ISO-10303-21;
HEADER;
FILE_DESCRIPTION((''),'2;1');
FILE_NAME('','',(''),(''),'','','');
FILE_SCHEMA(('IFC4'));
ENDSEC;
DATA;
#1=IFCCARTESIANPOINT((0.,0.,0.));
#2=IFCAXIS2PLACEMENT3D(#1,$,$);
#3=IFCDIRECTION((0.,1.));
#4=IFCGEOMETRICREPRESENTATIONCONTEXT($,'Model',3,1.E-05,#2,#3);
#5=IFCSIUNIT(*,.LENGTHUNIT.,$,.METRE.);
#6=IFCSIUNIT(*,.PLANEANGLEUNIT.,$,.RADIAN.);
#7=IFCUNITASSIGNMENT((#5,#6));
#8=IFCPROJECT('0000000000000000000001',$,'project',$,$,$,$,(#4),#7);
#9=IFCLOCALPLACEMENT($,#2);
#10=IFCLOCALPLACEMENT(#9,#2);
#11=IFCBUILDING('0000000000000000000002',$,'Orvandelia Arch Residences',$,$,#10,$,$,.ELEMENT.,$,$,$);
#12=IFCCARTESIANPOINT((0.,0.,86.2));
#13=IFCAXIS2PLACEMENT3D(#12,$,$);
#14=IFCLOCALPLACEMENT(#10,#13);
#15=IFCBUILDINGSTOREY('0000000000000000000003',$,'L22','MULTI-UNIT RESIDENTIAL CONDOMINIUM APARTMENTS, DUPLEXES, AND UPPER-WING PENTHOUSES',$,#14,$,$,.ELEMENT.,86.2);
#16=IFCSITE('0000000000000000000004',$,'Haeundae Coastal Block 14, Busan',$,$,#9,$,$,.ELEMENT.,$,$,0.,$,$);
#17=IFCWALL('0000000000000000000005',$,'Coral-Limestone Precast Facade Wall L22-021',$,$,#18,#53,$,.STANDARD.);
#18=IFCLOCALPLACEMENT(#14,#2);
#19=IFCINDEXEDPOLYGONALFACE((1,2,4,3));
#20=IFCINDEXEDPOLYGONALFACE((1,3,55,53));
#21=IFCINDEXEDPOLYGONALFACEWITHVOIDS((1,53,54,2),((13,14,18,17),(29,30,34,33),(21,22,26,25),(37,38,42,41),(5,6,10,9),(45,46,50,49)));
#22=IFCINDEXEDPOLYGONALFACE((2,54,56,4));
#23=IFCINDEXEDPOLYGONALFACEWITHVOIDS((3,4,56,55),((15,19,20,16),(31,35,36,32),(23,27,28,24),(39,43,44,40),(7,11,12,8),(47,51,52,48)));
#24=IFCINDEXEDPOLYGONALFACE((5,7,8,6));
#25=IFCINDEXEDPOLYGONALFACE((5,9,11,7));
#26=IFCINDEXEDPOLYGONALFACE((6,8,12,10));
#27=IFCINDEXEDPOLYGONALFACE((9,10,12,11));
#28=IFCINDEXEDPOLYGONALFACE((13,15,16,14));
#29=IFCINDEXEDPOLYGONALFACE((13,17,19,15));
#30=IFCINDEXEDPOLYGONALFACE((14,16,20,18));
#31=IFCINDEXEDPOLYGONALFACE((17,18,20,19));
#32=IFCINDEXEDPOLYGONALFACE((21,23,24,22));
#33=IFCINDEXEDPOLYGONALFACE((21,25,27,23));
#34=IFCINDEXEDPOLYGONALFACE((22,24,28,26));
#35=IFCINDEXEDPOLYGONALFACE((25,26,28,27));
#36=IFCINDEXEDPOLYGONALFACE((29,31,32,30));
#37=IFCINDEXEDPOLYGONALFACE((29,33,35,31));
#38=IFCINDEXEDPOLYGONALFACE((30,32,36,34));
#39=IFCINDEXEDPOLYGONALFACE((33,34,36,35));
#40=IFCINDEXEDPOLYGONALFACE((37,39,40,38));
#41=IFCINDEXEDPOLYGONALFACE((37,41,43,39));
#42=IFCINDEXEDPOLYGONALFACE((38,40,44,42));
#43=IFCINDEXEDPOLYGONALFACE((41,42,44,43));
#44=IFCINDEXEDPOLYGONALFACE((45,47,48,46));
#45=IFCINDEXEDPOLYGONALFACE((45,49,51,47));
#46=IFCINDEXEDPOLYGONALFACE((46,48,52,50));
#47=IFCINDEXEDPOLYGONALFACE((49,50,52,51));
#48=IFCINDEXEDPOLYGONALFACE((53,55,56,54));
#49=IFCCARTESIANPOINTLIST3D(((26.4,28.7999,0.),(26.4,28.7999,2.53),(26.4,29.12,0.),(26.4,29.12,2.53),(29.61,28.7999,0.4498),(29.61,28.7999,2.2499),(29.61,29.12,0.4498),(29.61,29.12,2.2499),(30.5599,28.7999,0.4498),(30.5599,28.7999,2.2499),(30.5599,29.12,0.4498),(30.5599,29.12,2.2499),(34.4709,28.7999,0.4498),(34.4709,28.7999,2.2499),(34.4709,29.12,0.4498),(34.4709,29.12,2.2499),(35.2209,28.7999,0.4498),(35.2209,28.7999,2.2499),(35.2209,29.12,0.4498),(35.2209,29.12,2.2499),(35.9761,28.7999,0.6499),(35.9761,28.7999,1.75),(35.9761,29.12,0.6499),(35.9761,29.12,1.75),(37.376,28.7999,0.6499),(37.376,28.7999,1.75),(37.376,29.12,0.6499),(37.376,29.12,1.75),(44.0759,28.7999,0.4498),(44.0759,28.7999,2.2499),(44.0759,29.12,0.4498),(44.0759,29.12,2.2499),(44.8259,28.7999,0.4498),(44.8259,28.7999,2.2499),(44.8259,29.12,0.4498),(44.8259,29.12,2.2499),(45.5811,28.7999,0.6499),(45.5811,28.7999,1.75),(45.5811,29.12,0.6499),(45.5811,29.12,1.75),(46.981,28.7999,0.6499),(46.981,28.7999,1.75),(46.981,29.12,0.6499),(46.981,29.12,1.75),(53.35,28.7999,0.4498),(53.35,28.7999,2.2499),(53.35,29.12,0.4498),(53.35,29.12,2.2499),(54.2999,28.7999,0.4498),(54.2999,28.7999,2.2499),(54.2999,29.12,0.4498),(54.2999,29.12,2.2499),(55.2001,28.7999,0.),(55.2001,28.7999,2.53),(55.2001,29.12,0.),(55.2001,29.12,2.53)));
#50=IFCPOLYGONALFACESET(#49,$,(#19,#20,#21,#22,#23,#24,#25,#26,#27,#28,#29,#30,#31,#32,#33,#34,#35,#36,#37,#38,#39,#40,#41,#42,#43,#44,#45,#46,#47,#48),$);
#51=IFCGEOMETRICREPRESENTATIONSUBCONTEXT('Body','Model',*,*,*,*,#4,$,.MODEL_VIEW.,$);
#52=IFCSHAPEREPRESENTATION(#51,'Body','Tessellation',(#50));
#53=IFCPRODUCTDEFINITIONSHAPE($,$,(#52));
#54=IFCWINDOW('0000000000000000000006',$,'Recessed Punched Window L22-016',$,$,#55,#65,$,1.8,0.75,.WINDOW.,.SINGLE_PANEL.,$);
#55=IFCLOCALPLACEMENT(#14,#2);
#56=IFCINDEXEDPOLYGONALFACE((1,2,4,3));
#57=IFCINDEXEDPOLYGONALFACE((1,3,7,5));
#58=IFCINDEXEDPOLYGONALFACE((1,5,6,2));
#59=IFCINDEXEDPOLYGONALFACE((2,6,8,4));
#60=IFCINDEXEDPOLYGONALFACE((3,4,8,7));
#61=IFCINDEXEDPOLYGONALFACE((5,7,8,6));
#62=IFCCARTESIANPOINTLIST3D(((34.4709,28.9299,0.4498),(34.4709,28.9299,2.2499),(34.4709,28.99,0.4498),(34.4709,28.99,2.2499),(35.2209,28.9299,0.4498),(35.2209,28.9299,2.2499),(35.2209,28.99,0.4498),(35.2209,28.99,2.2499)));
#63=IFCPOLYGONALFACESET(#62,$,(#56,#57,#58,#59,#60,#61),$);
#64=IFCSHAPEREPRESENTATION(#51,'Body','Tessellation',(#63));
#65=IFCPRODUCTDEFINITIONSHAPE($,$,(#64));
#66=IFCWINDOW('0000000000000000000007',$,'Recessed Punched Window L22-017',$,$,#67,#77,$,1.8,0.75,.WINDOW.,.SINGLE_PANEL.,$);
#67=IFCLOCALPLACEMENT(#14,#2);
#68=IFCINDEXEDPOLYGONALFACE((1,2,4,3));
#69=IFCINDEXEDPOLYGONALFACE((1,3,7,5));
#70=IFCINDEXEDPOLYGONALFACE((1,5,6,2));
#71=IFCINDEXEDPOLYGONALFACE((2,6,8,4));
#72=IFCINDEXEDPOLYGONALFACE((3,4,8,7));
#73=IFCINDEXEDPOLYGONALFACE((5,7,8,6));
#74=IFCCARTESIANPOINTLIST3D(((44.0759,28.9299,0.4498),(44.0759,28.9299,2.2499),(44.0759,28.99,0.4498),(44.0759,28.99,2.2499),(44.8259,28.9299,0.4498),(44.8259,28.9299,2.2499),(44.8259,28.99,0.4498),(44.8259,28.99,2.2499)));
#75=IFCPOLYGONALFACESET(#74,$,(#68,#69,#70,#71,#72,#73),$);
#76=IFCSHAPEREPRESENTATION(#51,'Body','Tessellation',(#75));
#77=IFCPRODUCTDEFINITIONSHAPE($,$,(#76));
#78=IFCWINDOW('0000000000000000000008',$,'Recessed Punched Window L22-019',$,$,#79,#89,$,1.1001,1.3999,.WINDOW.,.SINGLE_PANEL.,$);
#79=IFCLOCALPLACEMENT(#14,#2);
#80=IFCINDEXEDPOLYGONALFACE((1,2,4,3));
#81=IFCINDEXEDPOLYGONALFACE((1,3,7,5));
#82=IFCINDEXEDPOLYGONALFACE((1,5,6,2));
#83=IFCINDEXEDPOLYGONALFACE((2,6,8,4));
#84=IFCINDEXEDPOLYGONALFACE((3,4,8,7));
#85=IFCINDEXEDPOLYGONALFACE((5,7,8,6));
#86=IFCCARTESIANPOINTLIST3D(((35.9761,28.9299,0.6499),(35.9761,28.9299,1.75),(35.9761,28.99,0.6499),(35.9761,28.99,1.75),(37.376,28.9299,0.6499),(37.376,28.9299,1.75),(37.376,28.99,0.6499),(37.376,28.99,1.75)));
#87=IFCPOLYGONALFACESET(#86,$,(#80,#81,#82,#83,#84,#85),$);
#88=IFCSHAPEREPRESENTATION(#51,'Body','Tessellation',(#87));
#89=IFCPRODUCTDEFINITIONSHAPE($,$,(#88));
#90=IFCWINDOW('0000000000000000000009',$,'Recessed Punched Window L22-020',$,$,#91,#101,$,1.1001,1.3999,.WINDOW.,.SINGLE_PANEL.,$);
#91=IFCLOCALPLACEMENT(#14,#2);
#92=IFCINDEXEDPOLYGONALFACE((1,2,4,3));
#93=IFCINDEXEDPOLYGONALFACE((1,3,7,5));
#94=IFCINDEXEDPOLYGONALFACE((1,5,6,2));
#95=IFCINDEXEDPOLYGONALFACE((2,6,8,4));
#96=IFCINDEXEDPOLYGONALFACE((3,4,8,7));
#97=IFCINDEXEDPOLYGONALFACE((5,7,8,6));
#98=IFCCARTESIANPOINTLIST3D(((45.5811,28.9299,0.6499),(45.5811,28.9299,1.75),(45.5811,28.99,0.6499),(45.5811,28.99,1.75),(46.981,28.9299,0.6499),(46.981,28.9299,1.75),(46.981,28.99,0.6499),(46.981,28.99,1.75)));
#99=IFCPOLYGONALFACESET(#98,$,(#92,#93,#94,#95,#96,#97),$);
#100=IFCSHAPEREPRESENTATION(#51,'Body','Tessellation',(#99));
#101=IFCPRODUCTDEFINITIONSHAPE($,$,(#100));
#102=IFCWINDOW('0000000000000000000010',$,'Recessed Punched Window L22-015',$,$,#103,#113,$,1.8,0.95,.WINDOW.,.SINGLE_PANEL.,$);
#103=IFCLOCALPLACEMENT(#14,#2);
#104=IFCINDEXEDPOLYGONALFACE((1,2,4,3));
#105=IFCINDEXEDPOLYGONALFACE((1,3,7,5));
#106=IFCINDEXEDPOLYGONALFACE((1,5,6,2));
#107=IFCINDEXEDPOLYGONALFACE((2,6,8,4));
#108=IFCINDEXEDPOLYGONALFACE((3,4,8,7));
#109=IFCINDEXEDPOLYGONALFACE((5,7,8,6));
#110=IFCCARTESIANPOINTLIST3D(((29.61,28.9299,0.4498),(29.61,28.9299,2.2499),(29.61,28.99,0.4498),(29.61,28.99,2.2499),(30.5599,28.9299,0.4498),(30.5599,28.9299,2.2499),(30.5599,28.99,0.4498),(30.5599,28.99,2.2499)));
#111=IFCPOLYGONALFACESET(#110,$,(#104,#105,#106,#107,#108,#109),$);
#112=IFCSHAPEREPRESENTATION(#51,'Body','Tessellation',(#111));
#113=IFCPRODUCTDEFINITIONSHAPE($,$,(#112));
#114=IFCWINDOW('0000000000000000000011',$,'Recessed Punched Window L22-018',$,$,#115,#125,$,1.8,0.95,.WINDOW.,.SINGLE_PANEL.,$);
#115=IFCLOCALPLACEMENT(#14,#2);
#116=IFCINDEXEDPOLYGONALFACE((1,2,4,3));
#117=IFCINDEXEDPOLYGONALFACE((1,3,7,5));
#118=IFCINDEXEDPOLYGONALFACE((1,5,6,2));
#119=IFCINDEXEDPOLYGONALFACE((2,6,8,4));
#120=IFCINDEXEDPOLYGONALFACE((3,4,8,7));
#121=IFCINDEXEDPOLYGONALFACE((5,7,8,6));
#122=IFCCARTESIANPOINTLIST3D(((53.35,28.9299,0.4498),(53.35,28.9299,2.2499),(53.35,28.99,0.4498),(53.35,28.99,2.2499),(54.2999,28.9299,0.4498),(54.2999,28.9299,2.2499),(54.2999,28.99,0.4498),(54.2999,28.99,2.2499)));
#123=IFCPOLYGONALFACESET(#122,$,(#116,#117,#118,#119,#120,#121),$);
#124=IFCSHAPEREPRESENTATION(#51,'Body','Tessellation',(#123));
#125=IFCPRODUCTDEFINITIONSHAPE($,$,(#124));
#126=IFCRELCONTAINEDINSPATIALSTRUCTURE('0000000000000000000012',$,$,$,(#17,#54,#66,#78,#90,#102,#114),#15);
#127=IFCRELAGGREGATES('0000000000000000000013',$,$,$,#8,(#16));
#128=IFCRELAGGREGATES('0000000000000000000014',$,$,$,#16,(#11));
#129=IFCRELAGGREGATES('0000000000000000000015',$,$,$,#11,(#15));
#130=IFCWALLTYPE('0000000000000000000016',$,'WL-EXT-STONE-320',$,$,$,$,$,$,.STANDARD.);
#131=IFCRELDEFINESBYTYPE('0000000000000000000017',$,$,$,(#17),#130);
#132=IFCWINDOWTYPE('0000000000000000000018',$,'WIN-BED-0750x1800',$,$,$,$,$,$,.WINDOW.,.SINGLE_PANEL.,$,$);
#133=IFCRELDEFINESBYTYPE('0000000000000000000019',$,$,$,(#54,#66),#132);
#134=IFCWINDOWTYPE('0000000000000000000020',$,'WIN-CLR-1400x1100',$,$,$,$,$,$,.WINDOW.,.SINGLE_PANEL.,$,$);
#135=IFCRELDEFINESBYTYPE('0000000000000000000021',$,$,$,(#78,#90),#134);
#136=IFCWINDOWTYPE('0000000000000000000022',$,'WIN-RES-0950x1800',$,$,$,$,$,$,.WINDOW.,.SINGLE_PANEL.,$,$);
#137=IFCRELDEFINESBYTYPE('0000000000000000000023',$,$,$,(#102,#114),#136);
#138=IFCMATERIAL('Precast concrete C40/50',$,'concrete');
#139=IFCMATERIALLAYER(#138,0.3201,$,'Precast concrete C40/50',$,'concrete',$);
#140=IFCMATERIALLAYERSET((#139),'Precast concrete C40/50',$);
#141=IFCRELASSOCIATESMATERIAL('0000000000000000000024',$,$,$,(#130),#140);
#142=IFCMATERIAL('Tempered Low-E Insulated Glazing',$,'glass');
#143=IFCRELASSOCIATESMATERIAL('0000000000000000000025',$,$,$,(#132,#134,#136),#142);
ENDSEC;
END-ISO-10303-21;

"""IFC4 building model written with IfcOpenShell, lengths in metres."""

from ifc_helpers import new_model, si_unit, direction, frame, frame_2d, origin, place, context, subcontext, project, spatial, rectangle, extrude, material, layer, layer_set, type_object, element, fill, save


model = new_model("IFC4")

# Units and contexts
model_context = context("Model", 3, precision=1e-05, world=origin(), true_north=direction((0.0, 1.0)))
body_context = subcontext(model_context, "Body", "Model", "MODEL_VIEW")
ifc_project = project(units=[si_unit("LENGTHUNIT", "METRE"), si_unit("PLANEANGLEUNIT", "RADIAN")], contexts=[model_context])

# Site, building, storey
site_placement = place(None, origin())
site = spatial("IfcSite", under=ifc_project, at=site_placement, Name="Haeundae Coastal Block 14, Busan", CompositionType="ELEMENT", RefElevation=0.0)
building_placement = place(site_placement, origin())
building = spatial("IfcBuilding", under=site, at=building_placement, Name="Orvandelia Arch Residences", CompositionType="ELEMENT")
storey_placement = place(building_placement, frame((0.0, 0.0, 86.2)))
storey = spatial("IfcBuildingStorey", under=building, at=storey_placement, Name="L22", Description="MULTI-UNIT RESIDENTIAL CONDOMINIUM APARTMENTS, DUPLEXES, AND UPPER-WING PENTHOUSES", CompositionType="ELEMENT", Elevation=86.2)

# Shared definitions
ifc_material_1 = material(Name="Precast concrete C40/50", Category="concrete")
ifc_layer_1 = layer(ifc_material_1, 0.3201, Name="Precast concrete C40/50", Category="concrete")
ifc_layer_set_1 = layer_set([ifc_layer_1], Name="Precast concrete C40/50")
wall_type_1 = type_object("IfcWallType", Name="WL-EXT-STONE-320", PredefinedType="STANDARD", material=ifc_layer_set_1)

# Wall, openings, windows
wall_1_placement = place(storey_placement, frame((55.2, 28.96, 0.0), z_axis=(0.0, 0.0, 1.0), x_axis=(-1.0, 0.0, 0.0)))
wall_1 = element("IfcWall", 1, at=wall_1_placement, inside=storey, type_object=wall_type_1, Name="Coral-Limestone Precast Facade Wall L22-021", PredefinedType="STANDARD", context=body_context, shape_type="SweptSolid", body=[
    extrude(rectangle(XDim=28.8, YDim=0.3201, at=frame_2d((14.3999, 0.0))), origin(), (0.0, 0.0, 1.0), 2.53),
])
opening_1_placement = place(wall_1_placement, frame((24.6399, 0.0, 0.45)))
opening_1 = element("IfcOpeningElement", 2, at=opening_1_placement, cuts=wall_1, PredefinedType="OPENING", context=body_context, shape_type="SweptSolid", body=[
    extrude(rectangle(XDim=0.95, YDim=1.8, at=frame_2d((0.4751, 0.8999))), frame((0.0, 0.1699, 0.0), z_axis=(0.0, -1.0, 0.0), x_axis=(1.0, 0.0, 0.0)), (0.0, 0.0, 1.0), 0.3401),
])
opening_2_placement = place(wall_1_placement, frame((19.979, 0.0, 0.45)))
opening_2 = element("IfcOpeningElement", 3, at=opening_2_placement, cuts=wall_1, PredefinedType="OPENING", context=body_context, shape_type="SweptSolid", body=[
    extrude(rectangle(XDim=0.75, YDim=1.8, at=frame_2d((0.375, 0.8999))), frame((0.0, 0.1699, 0.0), z_axis=(0.0, -1.0, 0.0), x_axis=(1.0, 0.0, 0.0)), (0.0, 0.0, 1.0), 0.3401),
])
opening_3_placement = place(wall_1_placement, frame((10.374, 0.0, 0.45)))
opening_3 = element("IfcOpeningElement", 4, at=opening_3_placement, cuts=wall_1, PredefinedType="OPENING", context=body_context, shape_type="SweptSolid", body=[
    extrude(rectangle(XDim=0.75, YDim=1.8, at=frame_2d((0.375, 0.8999))), frame((0.0, 0.1699, 0.0), z_axis=(0.0, -1.0, 0.0), x_axis=(1.0, 0.0, 0.0)), (0.0, 0.0, 1.0), 0.3401),
])
opening_4_placement = place(wall_1_placement, frame((0.8999, 0.0, 0.45)))
opening_4 = element("IfcOpeningElement", 5, at=opening_4_placement, cuts=wall_1, PredefinedType="OPENING", context=body_context, shape_type="SweptSolid", body=[
    extrude(rectangle(XDim=0.95, YDim=1.8, at=frame_2d((0.4751, 0.8999))), frame((0.0, 0.1699, 0.0), z_axis=(0.0, -1.0, 0.0), x_axis=(1.0, 0.0, 0.0)), (0.0, 0.0, 1.0), 0.3401),
])
opening_5_placement = place(wall_1_placement, frame((17.824, 0.0, 0.6499)))
opening_5 = element("IfcOpeningElement", 6, at=opening_5_placement, cuts=wall_1, PredefinedType="OPENING", context=body_context, shape_type="SweptSolid", body=[
    extrude(rectangle(XDim=1.3999, YDim=1.1001, at=frame_2d((0.7, 0.55))), frame((0.0, 0.1699, 0.0), z_axis=(0.0, -1.0, 0.0), x_axis=(1.0, 0.0, 0.0)), (0.0, 0.0, 1.0), 0.3401),
])
opening_6_placement = place(wall_1_placement, frame((8.219, 0.0, 0.6499)))
opening_6 = element("IfcOpeningElement", 7, at=opening_6_placement, cuts=wall_1, PredefinedType="OPENING", context=body_context, shape_type="SweptSolid", body=[
    extrude(rectangle(XDim=1.3999, YDim=1.1001, at=frame_2d((0.7, 0.55))), frame((0.0, 0.1699, 0.0), z_axis=(0.0, -1.0, 0.0), x_axis=(1.0, 0.0, 0.0)), (0.0, 0.0, 1.0), 0.3401),
])
ifc_material_2 = material(Name="Tempered Low-E Insulated Glazing", Category="glass")
window_type_1 = type_object("IfcWindowType", Name="WIN-BED-0750x1800", PartitioningType="SINGLE_PANEL", PredefinedType="WINDOW", material=ifc_material_2)
window_1_placement = place(opening_2_placement, origin())
window_1 = element("IfcWindow", 8, at=window_1_placement, inside=storey, type_object=window_type_1, Name="Recessed Punched Window L22-016", OverallHeight=1.8, OverallWidth=0.75, PartitioningType="SINGLE_PANEL", PredefinedType="WINDOW", context=body_context, shape_type="SweptSolid", body=[
    extrude(rectangle(XDim=0.75, YDim=1.8, at=frame_2d((0.375, 0.8999))), frame((0.0, 0.03, 0.0), z_axis=(0.0, -1.0, 0.0), x_axis=(1.0, 0.0, 0.0)), (0.0, 0.0, 1.0), 0.0601),
])
fill(opening_2, window_1)
window_2_placement = place(opening_3_placement, origin())
window_2 = element("IfcWindow", 9, at=window_2_placement, inside=storey, type_object=window_type_1, Name="Recessed Punched Window L22-017", OverallHeight=1.8, OverallWidth=0.75, PartitioningType="SINGLE_PANEL", PredefinedType="WINDOW", context=body_context, shape_type="SweptSolid", body=[
    extrude(rectangle(XDim=0.75, YDim=1.8, at=frame_2d((0.375, 0.8999))), frame((0.0, 0.03, 0.0), z_axis=(0.0, -1.0, 0.0), x_axis=(1.0, 0.0, 0.0)), (0.0, 0.0, 1.0), 0.0601),
])
fill(opening_3, window_2)
window_type_2 = type_object("IfcWindowType", Name="WIN-CLR-1400x1100", PartitioningType="SINGLE_PANEL", PredefinedType="WINDOW", material=ifc_material_2)
window_3_placement = place(opening_5_placement, origin())
window_3 = element("IfcWindow", 10, at=window_3_placement, inside=storey, type_object=window_type_2, Name="Recessed Punched Window L22-019", OverallHeight=1.1001, OverallWidth=1.3999, PartitioningType="SINGLE_PANEL", PredefinedType="WINDOW", context=body_context, shape_type="SweptSolid", body=[
    extrude(rectangle(XDim=1.3999, YDim=1.1001, at=frame_2d((0.7, 0.55))), frame((0.0, 0.03, 0.0), z_axis=(0.0, -1.0, 0.0), x_axis=(1.0, 0.0, 0.0)), (0.0, 0.0, 1.0), 0.0601),
])
fill(opening_5, window_3)
window_4_placement = place(opening_6_placement, origin())
window_4 = element("IfcWindow", 11, at=window_4_placement, inside=storey, type_object=window_type_2, Name="Recessed Punched Window L22-020", OverallHeight=1.1001, OverallWidth=1.3999, PartitioningType="SINGLE_PANEL", PredefinedType="WINDOW", context=body_context, shape_type="SweptSolid", body=[
    extrude(rectangle(XDim=1.3999, YDim=1.1001, at=frame_2d((0.7, 0.55))), frame((0.0, 0.03, 0.0), z_axis=(0.0, -1.0, 0.0), x_axis=(1.0, 0.0, 0.0)), (0.0, 0.0, 1.0), 0.0601),
])
fill(opening_6, window_4)
window_type_3 = type_object("IfcWindowType", Name="WIN-RES-0950x1800", PartitioningType="SINGLE_PANEL", PredefinedType="WINDOW", material=ifc_material_2)
window_5_placement = place(opening_1_placement, origin())
window_5 = element("IfcWindow", 12, at=window_5_placement, inside=storey, type_object=window_type_3, Name="Recessed Punched Window L22-015", OverallHeight=1.8, OverallWidth=0.95, PartitioningType="SINGLE_PANEL", PredefinedType="WINDOW", context=body_context, shape_type="SweptSolid", body=[
    extrude(rectangle(XDim=0.95, YDim=1.8, at=frame_2d((0.4751, 0.8999))), frame((0.0, 0.03, 0.0), z_axis=(0.0, -1.0, 0.0), x_axis=(1.0, 0.0, 0.0)), (0.0, 0.0, 1.0), 0.0601),
])
fill(opening_1, window_5)
window_6_placement = place(opening_4_placement, origin())
window_6 = element("IfcWindow", 13, at=window_6_placement, inside=storey, type_object=window_type_3, Name="Recessed Punched Window L22-018", OverallHeight=1.8, OverallWidth=0.95, PartitioningType="SINGLE_PANEL", PredefinedType="WINDOW", context=body_context, shape_type="SweptSolid", body=[
    extrude(rectangle(XDim=0.95, YDim=1.8, at=frame_2d((0.4751, 0.8999))), frame((0.0, 0.03, 0.0), z_axis=(0.0, -1.0, 0.0), x_axis=(1.0, 0.0, 0.0)), (0.0, 0.0, 1.0), 0.0601),
])
fill(opening_4, window_6)

save(model, "model.ifc")
